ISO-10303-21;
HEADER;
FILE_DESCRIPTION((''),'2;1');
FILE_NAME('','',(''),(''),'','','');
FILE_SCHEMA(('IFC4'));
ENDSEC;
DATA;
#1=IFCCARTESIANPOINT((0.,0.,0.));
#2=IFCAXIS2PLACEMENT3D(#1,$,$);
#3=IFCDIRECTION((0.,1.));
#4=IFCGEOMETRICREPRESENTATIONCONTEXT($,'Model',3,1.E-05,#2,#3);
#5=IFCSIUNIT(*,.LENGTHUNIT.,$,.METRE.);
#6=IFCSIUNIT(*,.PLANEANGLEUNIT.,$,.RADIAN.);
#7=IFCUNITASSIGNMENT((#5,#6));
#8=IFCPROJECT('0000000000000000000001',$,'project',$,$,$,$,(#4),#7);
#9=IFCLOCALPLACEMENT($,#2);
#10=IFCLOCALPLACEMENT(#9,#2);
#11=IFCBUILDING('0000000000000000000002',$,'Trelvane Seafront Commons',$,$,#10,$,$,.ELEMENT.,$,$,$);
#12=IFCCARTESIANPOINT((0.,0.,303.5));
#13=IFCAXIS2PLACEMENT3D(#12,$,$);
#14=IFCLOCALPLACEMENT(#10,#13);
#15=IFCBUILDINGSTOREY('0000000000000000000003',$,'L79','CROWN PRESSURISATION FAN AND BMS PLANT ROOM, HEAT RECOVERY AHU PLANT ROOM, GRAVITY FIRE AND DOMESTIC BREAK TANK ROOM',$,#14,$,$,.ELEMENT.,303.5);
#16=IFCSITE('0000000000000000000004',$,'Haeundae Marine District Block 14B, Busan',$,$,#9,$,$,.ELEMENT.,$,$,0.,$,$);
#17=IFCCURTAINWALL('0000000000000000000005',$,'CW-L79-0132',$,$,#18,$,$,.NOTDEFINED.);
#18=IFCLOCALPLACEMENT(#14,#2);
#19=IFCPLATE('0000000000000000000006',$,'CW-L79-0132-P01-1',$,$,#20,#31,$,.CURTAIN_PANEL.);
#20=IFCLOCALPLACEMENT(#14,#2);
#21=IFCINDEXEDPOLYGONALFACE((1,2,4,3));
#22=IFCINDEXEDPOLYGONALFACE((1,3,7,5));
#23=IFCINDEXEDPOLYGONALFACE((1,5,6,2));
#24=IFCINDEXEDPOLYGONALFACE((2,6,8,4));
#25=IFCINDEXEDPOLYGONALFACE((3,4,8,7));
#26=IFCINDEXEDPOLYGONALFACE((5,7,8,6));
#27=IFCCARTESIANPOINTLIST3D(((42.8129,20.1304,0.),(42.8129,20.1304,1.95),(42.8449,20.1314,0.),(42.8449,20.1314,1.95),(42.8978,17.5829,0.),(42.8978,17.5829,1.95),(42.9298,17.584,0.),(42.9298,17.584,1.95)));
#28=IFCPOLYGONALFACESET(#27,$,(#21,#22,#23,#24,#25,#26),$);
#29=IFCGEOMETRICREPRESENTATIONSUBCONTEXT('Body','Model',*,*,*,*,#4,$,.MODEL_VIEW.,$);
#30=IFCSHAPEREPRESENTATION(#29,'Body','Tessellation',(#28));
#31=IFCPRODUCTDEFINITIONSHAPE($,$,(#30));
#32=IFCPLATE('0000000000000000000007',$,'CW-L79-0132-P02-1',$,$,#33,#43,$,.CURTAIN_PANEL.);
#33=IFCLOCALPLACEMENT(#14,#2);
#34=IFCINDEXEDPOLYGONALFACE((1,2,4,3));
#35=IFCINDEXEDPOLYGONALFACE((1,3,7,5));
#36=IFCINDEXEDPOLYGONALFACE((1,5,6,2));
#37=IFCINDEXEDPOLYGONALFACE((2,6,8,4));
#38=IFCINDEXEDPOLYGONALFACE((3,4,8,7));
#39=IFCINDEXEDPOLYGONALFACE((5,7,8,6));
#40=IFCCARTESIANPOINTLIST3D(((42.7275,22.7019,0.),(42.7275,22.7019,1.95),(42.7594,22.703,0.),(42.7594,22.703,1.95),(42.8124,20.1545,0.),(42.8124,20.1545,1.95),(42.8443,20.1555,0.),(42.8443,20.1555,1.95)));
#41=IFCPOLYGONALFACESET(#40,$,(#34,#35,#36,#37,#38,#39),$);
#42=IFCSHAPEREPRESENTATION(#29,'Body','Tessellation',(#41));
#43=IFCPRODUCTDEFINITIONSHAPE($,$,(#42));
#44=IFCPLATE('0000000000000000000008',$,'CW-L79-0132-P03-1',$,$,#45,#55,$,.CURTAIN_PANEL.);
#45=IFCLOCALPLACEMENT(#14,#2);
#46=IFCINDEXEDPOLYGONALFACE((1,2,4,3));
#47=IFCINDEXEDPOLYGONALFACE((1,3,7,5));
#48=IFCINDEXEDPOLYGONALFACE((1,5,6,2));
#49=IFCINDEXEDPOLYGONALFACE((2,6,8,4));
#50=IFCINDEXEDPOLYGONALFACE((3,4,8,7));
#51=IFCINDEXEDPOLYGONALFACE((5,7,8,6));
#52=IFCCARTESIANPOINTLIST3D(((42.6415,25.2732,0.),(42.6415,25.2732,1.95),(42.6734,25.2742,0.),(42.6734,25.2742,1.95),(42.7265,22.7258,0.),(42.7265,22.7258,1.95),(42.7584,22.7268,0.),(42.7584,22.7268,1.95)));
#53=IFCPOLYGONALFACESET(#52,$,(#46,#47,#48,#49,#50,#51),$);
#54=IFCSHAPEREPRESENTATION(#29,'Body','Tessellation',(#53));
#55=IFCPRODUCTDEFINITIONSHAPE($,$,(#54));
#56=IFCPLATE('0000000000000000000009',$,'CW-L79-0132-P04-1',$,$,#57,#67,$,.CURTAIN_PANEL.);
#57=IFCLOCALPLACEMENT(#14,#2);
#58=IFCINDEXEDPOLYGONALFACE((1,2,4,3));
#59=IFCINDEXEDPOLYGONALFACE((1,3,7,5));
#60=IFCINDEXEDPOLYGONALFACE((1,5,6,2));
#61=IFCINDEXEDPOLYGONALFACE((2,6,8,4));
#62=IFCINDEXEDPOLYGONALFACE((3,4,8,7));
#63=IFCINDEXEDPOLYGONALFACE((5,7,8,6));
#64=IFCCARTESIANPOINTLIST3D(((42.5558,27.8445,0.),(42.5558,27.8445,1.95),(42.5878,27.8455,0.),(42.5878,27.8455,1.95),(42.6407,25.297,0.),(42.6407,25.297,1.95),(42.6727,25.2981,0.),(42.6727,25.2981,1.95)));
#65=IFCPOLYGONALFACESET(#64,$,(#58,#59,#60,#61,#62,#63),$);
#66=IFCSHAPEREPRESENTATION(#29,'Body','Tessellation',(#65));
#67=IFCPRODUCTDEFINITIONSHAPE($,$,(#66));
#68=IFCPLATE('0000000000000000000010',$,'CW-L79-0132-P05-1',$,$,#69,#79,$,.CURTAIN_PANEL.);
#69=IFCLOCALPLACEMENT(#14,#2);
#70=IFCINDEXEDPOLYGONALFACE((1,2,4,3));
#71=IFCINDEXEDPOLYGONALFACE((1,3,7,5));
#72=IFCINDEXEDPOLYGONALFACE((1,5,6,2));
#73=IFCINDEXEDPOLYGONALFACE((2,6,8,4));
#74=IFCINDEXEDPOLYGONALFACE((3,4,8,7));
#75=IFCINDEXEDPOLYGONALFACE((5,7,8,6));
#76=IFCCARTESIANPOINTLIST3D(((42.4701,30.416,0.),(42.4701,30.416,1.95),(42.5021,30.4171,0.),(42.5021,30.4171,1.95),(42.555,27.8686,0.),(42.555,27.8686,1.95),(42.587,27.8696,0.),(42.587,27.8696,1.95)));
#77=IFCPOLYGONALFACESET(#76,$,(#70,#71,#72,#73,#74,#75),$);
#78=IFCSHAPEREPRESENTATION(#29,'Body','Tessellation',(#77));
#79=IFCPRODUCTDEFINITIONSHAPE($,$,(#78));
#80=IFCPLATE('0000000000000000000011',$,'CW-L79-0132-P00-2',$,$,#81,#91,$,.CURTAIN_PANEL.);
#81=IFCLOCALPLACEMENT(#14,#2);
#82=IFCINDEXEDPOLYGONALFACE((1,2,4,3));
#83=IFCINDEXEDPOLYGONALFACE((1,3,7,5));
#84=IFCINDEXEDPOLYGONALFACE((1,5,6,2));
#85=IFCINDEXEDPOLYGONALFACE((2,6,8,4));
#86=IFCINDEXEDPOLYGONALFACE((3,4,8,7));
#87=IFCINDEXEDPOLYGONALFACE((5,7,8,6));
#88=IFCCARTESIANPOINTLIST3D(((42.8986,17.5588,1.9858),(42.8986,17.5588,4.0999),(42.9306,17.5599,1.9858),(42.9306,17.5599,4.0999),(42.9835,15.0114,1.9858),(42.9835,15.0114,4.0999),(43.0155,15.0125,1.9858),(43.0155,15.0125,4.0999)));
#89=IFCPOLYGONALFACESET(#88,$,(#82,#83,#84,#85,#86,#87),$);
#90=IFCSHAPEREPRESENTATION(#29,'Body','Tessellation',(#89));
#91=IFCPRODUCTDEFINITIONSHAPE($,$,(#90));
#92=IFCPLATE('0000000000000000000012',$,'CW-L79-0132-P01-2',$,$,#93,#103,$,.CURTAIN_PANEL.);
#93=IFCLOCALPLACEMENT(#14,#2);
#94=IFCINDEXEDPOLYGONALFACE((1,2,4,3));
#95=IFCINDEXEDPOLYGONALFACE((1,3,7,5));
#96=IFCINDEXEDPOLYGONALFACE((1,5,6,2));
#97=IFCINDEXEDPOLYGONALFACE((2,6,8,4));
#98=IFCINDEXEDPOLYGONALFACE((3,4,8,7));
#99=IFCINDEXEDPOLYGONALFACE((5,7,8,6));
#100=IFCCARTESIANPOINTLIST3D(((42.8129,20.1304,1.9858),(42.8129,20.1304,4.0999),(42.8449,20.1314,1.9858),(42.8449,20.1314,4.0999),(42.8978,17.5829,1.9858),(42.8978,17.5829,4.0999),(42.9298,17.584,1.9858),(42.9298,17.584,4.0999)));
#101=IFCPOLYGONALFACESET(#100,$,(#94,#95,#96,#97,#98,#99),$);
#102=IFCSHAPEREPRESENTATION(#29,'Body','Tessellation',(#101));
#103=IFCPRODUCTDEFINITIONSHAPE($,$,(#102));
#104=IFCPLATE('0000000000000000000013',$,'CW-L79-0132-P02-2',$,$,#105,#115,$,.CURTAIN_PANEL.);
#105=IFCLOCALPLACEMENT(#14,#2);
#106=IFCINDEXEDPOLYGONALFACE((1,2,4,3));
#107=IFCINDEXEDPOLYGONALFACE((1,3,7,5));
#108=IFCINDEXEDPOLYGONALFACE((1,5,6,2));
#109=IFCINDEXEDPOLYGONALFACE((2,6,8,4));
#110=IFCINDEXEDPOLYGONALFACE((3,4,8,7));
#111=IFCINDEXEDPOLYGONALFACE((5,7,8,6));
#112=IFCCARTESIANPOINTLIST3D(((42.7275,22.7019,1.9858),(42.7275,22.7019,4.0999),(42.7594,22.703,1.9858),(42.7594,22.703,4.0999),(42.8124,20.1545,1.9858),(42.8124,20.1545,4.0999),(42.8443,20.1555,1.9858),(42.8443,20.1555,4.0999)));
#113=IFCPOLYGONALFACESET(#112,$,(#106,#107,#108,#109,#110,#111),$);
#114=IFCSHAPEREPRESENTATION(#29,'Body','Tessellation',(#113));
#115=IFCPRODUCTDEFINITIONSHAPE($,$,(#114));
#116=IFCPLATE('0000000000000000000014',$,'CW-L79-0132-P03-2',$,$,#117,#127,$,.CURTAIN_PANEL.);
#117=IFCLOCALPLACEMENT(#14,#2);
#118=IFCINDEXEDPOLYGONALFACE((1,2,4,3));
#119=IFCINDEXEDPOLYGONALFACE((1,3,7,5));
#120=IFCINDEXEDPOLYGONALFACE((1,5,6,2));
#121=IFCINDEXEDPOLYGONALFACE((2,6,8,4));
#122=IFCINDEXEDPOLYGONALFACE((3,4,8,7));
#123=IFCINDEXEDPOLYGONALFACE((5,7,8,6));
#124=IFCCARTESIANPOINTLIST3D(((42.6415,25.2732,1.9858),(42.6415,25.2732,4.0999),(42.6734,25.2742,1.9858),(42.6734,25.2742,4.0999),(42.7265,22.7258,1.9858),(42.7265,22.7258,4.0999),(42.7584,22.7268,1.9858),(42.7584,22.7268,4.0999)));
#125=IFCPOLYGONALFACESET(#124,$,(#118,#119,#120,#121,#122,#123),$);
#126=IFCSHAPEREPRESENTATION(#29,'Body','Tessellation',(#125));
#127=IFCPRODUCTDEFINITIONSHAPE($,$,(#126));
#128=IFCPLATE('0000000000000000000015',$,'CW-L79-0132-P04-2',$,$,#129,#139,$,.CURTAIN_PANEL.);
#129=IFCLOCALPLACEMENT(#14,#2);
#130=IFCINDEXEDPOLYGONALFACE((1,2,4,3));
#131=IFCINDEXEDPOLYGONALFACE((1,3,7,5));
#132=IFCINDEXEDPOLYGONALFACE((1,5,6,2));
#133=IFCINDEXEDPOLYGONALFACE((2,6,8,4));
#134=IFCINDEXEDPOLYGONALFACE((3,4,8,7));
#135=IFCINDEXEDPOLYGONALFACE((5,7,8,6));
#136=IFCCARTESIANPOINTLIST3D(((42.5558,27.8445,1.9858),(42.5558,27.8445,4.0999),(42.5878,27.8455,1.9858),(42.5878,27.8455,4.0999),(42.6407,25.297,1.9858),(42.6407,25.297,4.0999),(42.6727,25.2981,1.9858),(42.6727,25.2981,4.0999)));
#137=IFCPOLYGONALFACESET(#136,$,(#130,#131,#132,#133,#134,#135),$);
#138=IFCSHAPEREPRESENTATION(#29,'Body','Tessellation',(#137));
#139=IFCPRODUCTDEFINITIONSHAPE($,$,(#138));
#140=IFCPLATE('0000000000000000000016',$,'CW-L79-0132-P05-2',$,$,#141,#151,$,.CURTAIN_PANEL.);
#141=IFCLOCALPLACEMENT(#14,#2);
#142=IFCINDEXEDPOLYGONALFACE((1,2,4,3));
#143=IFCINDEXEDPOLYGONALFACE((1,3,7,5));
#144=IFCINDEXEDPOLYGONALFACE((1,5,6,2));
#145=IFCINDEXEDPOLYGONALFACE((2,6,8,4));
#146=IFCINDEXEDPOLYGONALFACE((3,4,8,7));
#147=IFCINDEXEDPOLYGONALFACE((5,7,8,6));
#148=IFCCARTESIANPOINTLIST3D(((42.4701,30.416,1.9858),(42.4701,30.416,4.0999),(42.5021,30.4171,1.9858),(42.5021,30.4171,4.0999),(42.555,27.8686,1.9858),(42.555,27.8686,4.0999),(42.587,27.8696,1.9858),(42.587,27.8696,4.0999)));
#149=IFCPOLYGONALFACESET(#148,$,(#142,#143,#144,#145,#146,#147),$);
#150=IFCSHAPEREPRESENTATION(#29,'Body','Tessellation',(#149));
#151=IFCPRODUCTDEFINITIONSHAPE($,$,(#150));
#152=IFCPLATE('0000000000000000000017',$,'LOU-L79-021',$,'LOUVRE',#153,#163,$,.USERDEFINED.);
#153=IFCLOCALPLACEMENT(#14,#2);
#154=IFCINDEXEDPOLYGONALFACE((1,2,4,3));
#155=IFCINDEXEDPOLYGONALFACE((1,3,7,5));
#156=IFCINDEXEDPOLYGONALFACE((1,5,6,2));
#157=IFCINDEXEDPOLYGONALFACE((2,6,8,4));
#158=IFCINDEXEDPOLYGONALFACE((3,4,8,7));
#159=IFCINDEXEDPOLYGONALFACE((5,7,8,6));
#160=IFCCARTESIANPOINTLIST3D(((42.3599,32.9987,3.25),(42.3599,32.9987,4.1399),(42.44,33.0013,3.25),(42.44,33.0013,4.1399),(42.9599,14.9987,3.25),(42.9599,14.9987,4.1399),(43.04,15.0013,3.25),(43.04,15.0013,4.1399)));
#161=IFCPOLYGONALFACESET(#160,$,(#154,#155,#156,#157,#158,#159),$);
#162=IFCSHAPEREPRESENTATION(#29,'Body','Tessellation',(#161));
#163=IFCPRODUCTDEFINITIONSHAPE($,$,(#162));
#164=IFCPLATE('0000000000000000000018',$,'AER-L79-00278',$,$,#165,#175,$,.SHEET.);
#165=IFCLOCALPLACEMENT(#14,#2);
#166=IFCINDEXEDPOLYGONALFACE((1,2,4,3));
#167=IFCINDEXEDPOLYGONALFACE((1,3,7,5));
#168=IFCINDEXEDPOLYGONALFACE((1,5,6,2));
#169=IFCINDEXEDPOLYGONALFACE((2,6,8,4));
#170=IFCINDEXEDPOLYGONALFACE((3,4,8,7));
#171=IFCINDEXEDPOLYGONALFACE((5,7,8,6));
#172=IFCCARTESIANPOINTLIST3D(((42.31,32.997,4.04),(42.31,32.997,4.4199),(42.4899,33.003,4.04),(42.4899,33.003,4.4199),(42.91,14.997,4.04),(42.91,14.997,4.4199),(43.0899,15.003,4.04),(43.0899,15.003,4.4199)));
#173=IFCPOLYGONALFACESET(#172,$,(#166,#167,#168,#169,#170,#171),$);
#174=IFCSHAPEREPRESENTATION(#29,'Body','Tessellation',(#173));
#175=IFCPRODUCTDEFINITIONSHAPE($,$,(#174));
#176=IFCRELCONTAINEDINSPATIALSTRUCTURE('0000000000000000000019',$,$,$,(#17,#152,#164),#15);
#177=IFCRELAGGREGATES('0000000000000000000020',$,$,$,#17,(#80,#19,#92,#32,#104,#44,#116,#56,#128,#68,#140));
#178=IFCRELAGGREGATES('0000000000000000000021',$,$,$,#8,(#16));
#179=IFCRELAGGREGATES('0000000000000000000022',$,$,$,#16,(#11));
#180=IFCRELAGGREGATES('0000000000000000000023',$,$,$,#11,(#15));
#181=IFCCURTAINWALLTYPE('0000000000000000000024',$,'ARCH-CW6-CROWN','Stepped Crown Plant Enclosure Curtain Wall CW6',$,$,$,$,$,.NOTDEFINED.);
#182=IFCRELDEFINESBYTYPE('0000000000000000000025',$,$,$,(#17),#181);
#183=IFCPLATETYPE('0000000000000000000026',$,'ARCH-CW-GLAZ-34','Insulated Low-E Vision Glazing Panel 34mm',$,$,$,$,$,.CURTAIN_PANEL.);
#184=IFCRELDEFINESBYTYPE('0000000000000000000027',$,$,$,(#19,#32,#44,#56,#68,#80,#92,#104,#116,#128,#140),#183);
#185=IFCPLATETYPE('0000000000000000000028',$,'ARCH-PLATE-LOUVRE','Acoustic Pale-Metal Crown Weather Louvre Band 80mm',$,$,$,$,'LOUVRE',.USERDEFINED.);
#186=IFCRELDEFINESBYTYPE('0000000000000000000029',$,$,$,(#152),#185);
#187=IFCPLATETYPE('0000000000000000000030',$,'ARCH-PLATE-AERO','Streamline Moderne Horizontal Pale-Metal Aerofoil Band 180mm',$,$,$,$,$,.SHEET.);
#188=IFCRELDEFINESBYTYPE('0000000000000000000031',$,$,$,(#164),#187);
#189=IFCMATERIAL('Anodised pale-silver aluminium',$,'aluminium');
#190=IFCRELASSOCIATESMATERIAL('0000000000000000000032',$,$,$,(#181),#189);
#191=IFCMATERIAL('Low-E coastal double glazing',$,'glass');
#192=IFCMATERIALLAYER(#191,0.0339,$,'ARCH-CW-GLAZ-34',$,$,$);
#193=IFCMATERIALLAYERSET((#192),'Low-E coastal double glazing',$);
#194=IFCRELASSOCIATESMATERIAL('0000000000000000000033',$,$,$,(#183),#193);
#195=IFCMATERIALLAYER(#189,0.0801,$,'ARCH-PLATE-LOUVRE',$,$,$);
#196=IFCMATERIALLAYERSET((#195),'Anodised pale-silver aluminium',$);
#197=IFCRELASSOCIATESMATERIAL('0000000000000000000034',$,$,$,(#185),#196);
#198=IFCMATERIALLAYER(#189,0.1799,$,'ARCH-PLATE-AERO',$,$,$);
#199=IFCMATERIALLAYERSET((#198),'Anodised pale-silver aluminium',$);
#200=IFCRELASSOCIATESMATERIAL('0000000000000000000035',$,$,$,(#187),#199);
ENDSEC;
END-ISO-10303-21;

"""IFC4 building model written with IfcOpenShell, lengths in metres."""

from ifc_helpers import new_model, si_unit, direction, frame, origin, origin_2d, place, context, subcontext, project, spatial, rectangle, extrude, source, transform, mapped, material, layer, layer_set, type_object, element, aggregate, save


model = new_model("IFC4")

# Units and contexts
model_context = context("Model", 3, precision=1e-05, world=origin(), true_north=direction((0.0, 1.0)))
body_context = subcontext(model_context, "Body", "Model", "MODEL_VIEW")
ifc_project = project(units=[si_unit("LENGTHUNIT", "METRE"), si_unit("PLANEANGLEUNIT", "RADIAN")], contexts=[model_context])

# Site, building, storey
site_placement = place(None, origin())
site = spatial("IfcSite", under=ifc_project, at=site_placement, Name="Haeundae Marine District Block 14B, Busan", CompositionType="ELEMENT", RefElevation=0.0)
building_placement = place(site_placement, origin())
building = spatial("IfcBuilding", under=site, at=building_placement, Name="Trelvane Seafront Commons", CompositionType="ELEMENT")
storey_placement = place(building_placement, frame((0.0, 0.0, 303.5)))
storey = spatial("IfcBuildingStorey", under=building, at=storey_placement, Name="L79", Description="CROWN PRESSURISATION FAN AND BMS PLANT ROOM, HEAT RECOVERY AHU PLANT ROOM, GRAVITY FIRE AND DOMESTIC BREAK TANK ROOM", CompositionType="ELEMENT", Elevation=303.5)

# Shared definitions
ifc_material_1 = material(Name="Anodised pale-silver aluminium", Category="aluminium")
curtain_wall_type = type_object("IfcCurtainWallType", Name="ARCH-CW6-CROWN", Description="Stepped Crown Plant Enclosure Curtain Wall CW6", PredefinedType="NOTDEFINED", material=ifc_material_1)

# Curtain wall, plates
curtain_wall_1_placement = place(storey_placement, origin())
curtain_wall_1 = element("IfcCurtainWall", 1, at=curtain_wall_1_placement, inside=storey, type_object=curtain_wall_type, Name="CW-L79-0132", PredefinedType="NOTDEFINED")
ifc_material_2 = material(Name="Low-E coastal double glazing", Category="glass")
ifc_layer_1 = layer(ifc_material_2, 0.0339, Name="ARCH-CW-GLAZ-34")
ifc_layer_set_1 = layer_set([ifc_layer_1], Name="Low-E coastal double glazing")
plate_type_1 = type_object("IfcPlateType", Name="ARCH-CW-GLAZ-34", Description="Insulated Low-E Vision Glazing Panel 34mm", PredefinedType="CURTAIN_PANEL", material=ifc_layer_set_1)
shared_shape_1 = source(origin(), body_context, "Body", "SweptSolid", [
    extrude(rectangle(XDim=2.5488, YDim=0.032, at=origin_2d()), origin(), (0.0, 0.0, 1.0), 1.95),
])
plate_1_placement = place(storey_placement, frame((42.8713, 18.8572, 0.0), z_axis=(0.0, 0.0, 1.0), x_axis=(-0.033309, 0.999445, 0.0)))
plate_1 = element("IfcPlate", 2, at=plate_1_placement, type_object=plate_type_1, Name="CW-L79-0132-P01-1", PredefinedType="CURTAIN_PANEL", context=body_context, shape_type="MappedRepresentation", body=[
    mapped(shared_shape_1, transform((0.0, 0.0, 0.0), x_axis=(1.0, 0.0, 0.0), y_axis=(0.0, 1.0, 0.0), z_axis=(0.0, 0.0, 1.0), scale=1.0)),
])
plate_2_placement = place(storey_placement, frame((42.7859, 21.4287, 0.0), z_axis=(0.0, 0.0, 1.0), x_axis=(-0.03331, 0.999445, 0.0)))
plate_2 = element("IfcPlate", 3, at=plate_2_placement, type_object=plate_type_1, Name="CW-L79-0132-P02-1", PredefinedType="CURTAIN_PANEL", context=body_context, shape_type="MappedRepresentation", body=[
    mapped(shared_shape_1, transform((0.0, 0.0, 0.0), x_axis=(1.0, 0.0, 0.0), y_axis=(0.0, 1.0, 0.0), z_axis=(0.0, 0.0, 1.0), scale=1.0)),
])
plate_3_placement = place(storey_placement, frame((42.7, 24.0, 0.0), z_axis=(0.0, 0.0, 1.0), x_axis=(-0.033349, 0.999444, 0.0)))
plate_3 = element("IfcPlate", 4, at=plate_3_placement, type_object=plate_type_1, Name="CW-L79-0132-P03-1", PredefinedType="CURTAIN_PANEL", context=body_context, shape_type="MappedRepresentation", body=[
    mapped(shared_shape_1, transform((0.0, 0.0, 0.0), x_axis=(1.0, 0.0, 0.0), y_axis=(0.0, 1.0, 0.0), z_axis=(0.0, 0.0, 1.0), scale=1.0)),
])
plate_4_placement = place(storey_placement, frame((42.6143, 26.5713, 0.0), z_axis=(0.0, 0.0, 1.0), x_axis=(-0.03331, 0.999445, 0.0)))
plate_4 = element("IfcPlate", 5, at=plate_4_placement, type_object=plate_type_1, Name="CW-L79-0132-P04-1", PredefinedType="CURTAIN_PANEL", context=body_context, shape_type="MappedRepresentation", body=[
    mapped(shared_shape_1, transform((0.0, 0.0, 0.0), x_axis=(1.0, 0.0, 0.0), y_axis=(0.0, 1.0, 0.0), z_axis=(0.0, 0.0, 1.0), scale=1.0)),
])
plate_5_placement = place(storey_placement, frame((42.5286, 29.1428, 0.0), z_axis=(0.0, 0.0, 1.0), x_axis=(-0.033309, 0.999445, 0.0)))
plate_5 = element("IfcPlate", 6, at=plate_5_placement, type_object=plate_type_1, Name="CW-L79-0132-P05-1", PredefinedType="CURTAIN_PANEL", context=body_context, shape_type="MappedRepresentation", body=[
    mapped(shared_shape_1, transform((0.0, 0.0, 0.0), x_axis=(1.0, 0.0, 0.0), y_axis=(0.0, 1.0, 0.0), z_axis=(0.0, 0.0, 1.0), scale=1.0)),
])
shared_shape_2 = source(origin(), body_context, "Body", "SweptSolid", [
    extrude(rectangle(XDim=2.5488, YDim=0.032, at=origin_2d()), origin(), (0.0, 0.0, 1.0), 2.114),
])
plate_6_placement = place(storey_placement, frame((42.957, 16.2856, 1.9858), z_axis=(0.0, 0.0, 1.0), x_axis=(-0.03331, 0.999445, 0.0)))
plate_6 = element("IfcPlate", 7, at=plate_6_placement, type_object=plate_type_1, Name="CW-L79-0132-P00-2", PredefinedType="CURTAIN_PANEL", context=body_context, shape_type="MappedRepresentation", body=[
    mapped(shared_shape_2, transform((0.0, 0.0, 0.0), x_axis=(1.0, 0.0, 0.0), y_axis=(0.0, 1.0, 0.0), z_axis=(0.0, 0.0, 1.0), scale=1.0)),
])
plate_7_placement = place(storey_placement, frame((42.8713, 18.8572, 1.9858), z_axis=(0.0, 0.0, 1.0), x_axis=(-0.033309, 0.999445, 0.0)))
plate_7 = element("IfcPlate", 8, at=plate_7_placement, type_object=plate_type_1, Name="CW-L79-0132-P01-2", PredefinedType="CURTAIN_PANEL", context=body_context, shape_type="MappedRepresentation", body=[
    mapped(shared_shape_2, transform((0.0, 0.0, 0.0), x_axis=(1.0, 0.0, 0.0), y_axis=(0.0, 1.0, 0.0), z_axis=(0.0, 0.0, 1.0), scale=1.0)),
])
plate_8_placement = place(storey_placement, frame((42.7859, 21.4287, 1.9858), z_axis=(0.0, 0.0, 1.0), x_axis=(-0.03331, 0.999445, 0.0)))
plate_8 = element("IfcPlate", 9, at=plate_8_placement, type_object=plate_type_1, Name="CW-L79-0132-P02-2", PredefinedType="CURTAIN_PANEL", context=body_context, shape_type="MappedRepresentation", body=[
    mapped(shared_shape_2, transform((0.0, 0.0, 0.0), x_axis=(1.0, 0.0, 0.0), y_axis=(0.0, 1.0, 0.0), z_axis=(0.0, 0.0, 1.0), scale=1.0)),
])
plate_9_placement = place(storey_placement, frame((42.7, 24.0, 1.9858), z_axis=(0.0, 0.0, 1.0), x_axis=(-0.033349, 0.999444, 0.0)))
plate_9 = element("IfcPlate", 10, at=plate_9_placement, type_object=plate_type_1, Name="CW-L79-0132-P03-2", PredefinedType="CURTAIN_PANEL", context=body_context, shape_type="MappedRepresentation", body=[
    mapped(shared_shape_2, transform((0.0, 0.0, 0.0), x_axis=(1.0, 0.0, 0.0), y_axis=(0.0, 1.0, 0.0), z_axis=(0.0, 0.0, 1.0), scale=1.0)),
])
plate_10_placement = place(storey_placement, frame((42.6143, 26.5713, 1.9858), z_axis=(0.0, 0.0, 1.0), x_axis=(-0.03331, 0.999445, 0.0)))
plate_10 = element("IfcPlate", 11, at=plate_10_placement, type_object=plate_type_1, Name="CW-L79-0132-P04-2", PredefinedType="CURTAIN_PANEL", context=body_context, shape_type="MappedRepresentation", body=[
    mapped(shared_shape_2, transform((0.0, 0.0, 0.0), x_axis=(1.0, 0.0, 0.0), y_axis=(0.0, 1.0, 0.0), z_axis=(0.0, 0.0, 1.0), scale=1.0)),
])
plate_11_placement = place(storey_placement, frame((42.5286, 29.1428, 1.9858), z_axis=(0.0, 0.0, 1.0), x_axis=(-0.033309, 0.999445, 0.0)))
plate_11 = element("IfcPlate", 12, at=plate_11_placement, type_object=plate_type_1, Name="CW-L79-0132-P05-2", PredefinedType="CURTAIN_PANEL", context=body_context, shape_type="MappedRepresentation", body=[
    mapped(shared_shape_2, transform((0.0, 0.0, 0.0), x_axis=(1.0, 0.0, 0.0), y_axis=(0.0, 1.0, 0.0), z_axis=(0.0, 0.0, 1.0), scale=1.0)),
])
aggregate(curtain_wall_1, [plate_6, plate_1, plate_7, plate_2, plate_8, plate_3, plate_9, plate_4, plate_10, plate_5, plate_11])

# Plates
ifc_layer_2 = layer(ifc_material_1, 0.0801, Name="ARCH-PLATE-LOUVRE")
ifc_layer_set_2 = layer_set([ifc_layer_2], Name="Anodised pale-silver aluminium")
plate_type_2 = type_object("IfcPlateType", Name="ARCH-PLATE-LOUVRE", Description="Acoustic Pale-Metal Crown Weather Louvre Band 80mm", ElementType="LOUVRE", PredefinedType="USERDEFINED", material=ifc_layer_set_2)
shared_shape_3 = source(origin(), body_context, "Body", "SweptSolid", [
    extrude(rectangle(XDim=18.01, YDim=0.0801, at=origin_2d()), origin(), (0.0, 0.0, 1.0), 0.8899),
])
plate_12_placement = place(storey_placement, frame((42.7, 24.0, 3.25), z_axis=(0.0, 0.0, 1.0), x_axis=(-0.033316, 0.999445, 0.0)))
element("IfcPlate", 13, at=plate_12_placement, inside=storey, type_object=plate_type_2, Name="LOU-L79-021", ObjectType="LOUVRE", PredefinedType="USERDEFINED", context=body_context, shape_type="MappedRepresentation", body=[
    mapped(shared_shape_3, transform((0.0, 0.0, 0.0), x_axis=(1.0, 0.0, 0.0), y_axis=(0.0, 1.0, 0.0), z_axis=(0.0, 0.0, 1.0), scale=1.0)),
])
ifc_layer_3 = layer(ifc_material_1, 0.1799, Name="ARCH-PLATE-AERO")
ifc_layer_set_3 = layer_set([ifc_layer_3], Name="Anodised pale-silver aluminium")
plate_type_3 = type_object("IfcPlateType", Name="ARCH-PLATE-AERO", Description="Streamline Moderne Horizontal Pale-Metal Aerofoil Band 180mm", PredefinedType="SHEET", material=ifc_layer_set_3)
shared_shape_4 = source(origin(), body_context, "Body", "SweptSolid", [
    extrude(rectangle(XDim=18.01, YDim=0.1799, at=origin_2d()), origin(), (0.0, 0.0, 1.0), 0.3799),
])
plate_13_placement = place(storey_placement, frame((42.7, 24.0, 4.04), z_axis=(0.0, 0.0, 1.0), x_axis=(-0.033316, 0.999445, 0.0)))
element("IfcPlate", 14, at=plate_13_placement, inside=storey, type_object=plate_type_3, Name="AER-L79-00278", PredefinedType="SHEET", context=body_context, shape_type="MappedRepresentation", body=[
    mapped(shared_shape_4, transform((0.0, 0.0, 0.0), x_axis=(1.0, 0.0, 0.0), y_axis=(0.0, 1.0, 0.0), z_axis=(0.0, 0.0, 1.0), scale=1.0)),
])

save(model, "model.ifc")
